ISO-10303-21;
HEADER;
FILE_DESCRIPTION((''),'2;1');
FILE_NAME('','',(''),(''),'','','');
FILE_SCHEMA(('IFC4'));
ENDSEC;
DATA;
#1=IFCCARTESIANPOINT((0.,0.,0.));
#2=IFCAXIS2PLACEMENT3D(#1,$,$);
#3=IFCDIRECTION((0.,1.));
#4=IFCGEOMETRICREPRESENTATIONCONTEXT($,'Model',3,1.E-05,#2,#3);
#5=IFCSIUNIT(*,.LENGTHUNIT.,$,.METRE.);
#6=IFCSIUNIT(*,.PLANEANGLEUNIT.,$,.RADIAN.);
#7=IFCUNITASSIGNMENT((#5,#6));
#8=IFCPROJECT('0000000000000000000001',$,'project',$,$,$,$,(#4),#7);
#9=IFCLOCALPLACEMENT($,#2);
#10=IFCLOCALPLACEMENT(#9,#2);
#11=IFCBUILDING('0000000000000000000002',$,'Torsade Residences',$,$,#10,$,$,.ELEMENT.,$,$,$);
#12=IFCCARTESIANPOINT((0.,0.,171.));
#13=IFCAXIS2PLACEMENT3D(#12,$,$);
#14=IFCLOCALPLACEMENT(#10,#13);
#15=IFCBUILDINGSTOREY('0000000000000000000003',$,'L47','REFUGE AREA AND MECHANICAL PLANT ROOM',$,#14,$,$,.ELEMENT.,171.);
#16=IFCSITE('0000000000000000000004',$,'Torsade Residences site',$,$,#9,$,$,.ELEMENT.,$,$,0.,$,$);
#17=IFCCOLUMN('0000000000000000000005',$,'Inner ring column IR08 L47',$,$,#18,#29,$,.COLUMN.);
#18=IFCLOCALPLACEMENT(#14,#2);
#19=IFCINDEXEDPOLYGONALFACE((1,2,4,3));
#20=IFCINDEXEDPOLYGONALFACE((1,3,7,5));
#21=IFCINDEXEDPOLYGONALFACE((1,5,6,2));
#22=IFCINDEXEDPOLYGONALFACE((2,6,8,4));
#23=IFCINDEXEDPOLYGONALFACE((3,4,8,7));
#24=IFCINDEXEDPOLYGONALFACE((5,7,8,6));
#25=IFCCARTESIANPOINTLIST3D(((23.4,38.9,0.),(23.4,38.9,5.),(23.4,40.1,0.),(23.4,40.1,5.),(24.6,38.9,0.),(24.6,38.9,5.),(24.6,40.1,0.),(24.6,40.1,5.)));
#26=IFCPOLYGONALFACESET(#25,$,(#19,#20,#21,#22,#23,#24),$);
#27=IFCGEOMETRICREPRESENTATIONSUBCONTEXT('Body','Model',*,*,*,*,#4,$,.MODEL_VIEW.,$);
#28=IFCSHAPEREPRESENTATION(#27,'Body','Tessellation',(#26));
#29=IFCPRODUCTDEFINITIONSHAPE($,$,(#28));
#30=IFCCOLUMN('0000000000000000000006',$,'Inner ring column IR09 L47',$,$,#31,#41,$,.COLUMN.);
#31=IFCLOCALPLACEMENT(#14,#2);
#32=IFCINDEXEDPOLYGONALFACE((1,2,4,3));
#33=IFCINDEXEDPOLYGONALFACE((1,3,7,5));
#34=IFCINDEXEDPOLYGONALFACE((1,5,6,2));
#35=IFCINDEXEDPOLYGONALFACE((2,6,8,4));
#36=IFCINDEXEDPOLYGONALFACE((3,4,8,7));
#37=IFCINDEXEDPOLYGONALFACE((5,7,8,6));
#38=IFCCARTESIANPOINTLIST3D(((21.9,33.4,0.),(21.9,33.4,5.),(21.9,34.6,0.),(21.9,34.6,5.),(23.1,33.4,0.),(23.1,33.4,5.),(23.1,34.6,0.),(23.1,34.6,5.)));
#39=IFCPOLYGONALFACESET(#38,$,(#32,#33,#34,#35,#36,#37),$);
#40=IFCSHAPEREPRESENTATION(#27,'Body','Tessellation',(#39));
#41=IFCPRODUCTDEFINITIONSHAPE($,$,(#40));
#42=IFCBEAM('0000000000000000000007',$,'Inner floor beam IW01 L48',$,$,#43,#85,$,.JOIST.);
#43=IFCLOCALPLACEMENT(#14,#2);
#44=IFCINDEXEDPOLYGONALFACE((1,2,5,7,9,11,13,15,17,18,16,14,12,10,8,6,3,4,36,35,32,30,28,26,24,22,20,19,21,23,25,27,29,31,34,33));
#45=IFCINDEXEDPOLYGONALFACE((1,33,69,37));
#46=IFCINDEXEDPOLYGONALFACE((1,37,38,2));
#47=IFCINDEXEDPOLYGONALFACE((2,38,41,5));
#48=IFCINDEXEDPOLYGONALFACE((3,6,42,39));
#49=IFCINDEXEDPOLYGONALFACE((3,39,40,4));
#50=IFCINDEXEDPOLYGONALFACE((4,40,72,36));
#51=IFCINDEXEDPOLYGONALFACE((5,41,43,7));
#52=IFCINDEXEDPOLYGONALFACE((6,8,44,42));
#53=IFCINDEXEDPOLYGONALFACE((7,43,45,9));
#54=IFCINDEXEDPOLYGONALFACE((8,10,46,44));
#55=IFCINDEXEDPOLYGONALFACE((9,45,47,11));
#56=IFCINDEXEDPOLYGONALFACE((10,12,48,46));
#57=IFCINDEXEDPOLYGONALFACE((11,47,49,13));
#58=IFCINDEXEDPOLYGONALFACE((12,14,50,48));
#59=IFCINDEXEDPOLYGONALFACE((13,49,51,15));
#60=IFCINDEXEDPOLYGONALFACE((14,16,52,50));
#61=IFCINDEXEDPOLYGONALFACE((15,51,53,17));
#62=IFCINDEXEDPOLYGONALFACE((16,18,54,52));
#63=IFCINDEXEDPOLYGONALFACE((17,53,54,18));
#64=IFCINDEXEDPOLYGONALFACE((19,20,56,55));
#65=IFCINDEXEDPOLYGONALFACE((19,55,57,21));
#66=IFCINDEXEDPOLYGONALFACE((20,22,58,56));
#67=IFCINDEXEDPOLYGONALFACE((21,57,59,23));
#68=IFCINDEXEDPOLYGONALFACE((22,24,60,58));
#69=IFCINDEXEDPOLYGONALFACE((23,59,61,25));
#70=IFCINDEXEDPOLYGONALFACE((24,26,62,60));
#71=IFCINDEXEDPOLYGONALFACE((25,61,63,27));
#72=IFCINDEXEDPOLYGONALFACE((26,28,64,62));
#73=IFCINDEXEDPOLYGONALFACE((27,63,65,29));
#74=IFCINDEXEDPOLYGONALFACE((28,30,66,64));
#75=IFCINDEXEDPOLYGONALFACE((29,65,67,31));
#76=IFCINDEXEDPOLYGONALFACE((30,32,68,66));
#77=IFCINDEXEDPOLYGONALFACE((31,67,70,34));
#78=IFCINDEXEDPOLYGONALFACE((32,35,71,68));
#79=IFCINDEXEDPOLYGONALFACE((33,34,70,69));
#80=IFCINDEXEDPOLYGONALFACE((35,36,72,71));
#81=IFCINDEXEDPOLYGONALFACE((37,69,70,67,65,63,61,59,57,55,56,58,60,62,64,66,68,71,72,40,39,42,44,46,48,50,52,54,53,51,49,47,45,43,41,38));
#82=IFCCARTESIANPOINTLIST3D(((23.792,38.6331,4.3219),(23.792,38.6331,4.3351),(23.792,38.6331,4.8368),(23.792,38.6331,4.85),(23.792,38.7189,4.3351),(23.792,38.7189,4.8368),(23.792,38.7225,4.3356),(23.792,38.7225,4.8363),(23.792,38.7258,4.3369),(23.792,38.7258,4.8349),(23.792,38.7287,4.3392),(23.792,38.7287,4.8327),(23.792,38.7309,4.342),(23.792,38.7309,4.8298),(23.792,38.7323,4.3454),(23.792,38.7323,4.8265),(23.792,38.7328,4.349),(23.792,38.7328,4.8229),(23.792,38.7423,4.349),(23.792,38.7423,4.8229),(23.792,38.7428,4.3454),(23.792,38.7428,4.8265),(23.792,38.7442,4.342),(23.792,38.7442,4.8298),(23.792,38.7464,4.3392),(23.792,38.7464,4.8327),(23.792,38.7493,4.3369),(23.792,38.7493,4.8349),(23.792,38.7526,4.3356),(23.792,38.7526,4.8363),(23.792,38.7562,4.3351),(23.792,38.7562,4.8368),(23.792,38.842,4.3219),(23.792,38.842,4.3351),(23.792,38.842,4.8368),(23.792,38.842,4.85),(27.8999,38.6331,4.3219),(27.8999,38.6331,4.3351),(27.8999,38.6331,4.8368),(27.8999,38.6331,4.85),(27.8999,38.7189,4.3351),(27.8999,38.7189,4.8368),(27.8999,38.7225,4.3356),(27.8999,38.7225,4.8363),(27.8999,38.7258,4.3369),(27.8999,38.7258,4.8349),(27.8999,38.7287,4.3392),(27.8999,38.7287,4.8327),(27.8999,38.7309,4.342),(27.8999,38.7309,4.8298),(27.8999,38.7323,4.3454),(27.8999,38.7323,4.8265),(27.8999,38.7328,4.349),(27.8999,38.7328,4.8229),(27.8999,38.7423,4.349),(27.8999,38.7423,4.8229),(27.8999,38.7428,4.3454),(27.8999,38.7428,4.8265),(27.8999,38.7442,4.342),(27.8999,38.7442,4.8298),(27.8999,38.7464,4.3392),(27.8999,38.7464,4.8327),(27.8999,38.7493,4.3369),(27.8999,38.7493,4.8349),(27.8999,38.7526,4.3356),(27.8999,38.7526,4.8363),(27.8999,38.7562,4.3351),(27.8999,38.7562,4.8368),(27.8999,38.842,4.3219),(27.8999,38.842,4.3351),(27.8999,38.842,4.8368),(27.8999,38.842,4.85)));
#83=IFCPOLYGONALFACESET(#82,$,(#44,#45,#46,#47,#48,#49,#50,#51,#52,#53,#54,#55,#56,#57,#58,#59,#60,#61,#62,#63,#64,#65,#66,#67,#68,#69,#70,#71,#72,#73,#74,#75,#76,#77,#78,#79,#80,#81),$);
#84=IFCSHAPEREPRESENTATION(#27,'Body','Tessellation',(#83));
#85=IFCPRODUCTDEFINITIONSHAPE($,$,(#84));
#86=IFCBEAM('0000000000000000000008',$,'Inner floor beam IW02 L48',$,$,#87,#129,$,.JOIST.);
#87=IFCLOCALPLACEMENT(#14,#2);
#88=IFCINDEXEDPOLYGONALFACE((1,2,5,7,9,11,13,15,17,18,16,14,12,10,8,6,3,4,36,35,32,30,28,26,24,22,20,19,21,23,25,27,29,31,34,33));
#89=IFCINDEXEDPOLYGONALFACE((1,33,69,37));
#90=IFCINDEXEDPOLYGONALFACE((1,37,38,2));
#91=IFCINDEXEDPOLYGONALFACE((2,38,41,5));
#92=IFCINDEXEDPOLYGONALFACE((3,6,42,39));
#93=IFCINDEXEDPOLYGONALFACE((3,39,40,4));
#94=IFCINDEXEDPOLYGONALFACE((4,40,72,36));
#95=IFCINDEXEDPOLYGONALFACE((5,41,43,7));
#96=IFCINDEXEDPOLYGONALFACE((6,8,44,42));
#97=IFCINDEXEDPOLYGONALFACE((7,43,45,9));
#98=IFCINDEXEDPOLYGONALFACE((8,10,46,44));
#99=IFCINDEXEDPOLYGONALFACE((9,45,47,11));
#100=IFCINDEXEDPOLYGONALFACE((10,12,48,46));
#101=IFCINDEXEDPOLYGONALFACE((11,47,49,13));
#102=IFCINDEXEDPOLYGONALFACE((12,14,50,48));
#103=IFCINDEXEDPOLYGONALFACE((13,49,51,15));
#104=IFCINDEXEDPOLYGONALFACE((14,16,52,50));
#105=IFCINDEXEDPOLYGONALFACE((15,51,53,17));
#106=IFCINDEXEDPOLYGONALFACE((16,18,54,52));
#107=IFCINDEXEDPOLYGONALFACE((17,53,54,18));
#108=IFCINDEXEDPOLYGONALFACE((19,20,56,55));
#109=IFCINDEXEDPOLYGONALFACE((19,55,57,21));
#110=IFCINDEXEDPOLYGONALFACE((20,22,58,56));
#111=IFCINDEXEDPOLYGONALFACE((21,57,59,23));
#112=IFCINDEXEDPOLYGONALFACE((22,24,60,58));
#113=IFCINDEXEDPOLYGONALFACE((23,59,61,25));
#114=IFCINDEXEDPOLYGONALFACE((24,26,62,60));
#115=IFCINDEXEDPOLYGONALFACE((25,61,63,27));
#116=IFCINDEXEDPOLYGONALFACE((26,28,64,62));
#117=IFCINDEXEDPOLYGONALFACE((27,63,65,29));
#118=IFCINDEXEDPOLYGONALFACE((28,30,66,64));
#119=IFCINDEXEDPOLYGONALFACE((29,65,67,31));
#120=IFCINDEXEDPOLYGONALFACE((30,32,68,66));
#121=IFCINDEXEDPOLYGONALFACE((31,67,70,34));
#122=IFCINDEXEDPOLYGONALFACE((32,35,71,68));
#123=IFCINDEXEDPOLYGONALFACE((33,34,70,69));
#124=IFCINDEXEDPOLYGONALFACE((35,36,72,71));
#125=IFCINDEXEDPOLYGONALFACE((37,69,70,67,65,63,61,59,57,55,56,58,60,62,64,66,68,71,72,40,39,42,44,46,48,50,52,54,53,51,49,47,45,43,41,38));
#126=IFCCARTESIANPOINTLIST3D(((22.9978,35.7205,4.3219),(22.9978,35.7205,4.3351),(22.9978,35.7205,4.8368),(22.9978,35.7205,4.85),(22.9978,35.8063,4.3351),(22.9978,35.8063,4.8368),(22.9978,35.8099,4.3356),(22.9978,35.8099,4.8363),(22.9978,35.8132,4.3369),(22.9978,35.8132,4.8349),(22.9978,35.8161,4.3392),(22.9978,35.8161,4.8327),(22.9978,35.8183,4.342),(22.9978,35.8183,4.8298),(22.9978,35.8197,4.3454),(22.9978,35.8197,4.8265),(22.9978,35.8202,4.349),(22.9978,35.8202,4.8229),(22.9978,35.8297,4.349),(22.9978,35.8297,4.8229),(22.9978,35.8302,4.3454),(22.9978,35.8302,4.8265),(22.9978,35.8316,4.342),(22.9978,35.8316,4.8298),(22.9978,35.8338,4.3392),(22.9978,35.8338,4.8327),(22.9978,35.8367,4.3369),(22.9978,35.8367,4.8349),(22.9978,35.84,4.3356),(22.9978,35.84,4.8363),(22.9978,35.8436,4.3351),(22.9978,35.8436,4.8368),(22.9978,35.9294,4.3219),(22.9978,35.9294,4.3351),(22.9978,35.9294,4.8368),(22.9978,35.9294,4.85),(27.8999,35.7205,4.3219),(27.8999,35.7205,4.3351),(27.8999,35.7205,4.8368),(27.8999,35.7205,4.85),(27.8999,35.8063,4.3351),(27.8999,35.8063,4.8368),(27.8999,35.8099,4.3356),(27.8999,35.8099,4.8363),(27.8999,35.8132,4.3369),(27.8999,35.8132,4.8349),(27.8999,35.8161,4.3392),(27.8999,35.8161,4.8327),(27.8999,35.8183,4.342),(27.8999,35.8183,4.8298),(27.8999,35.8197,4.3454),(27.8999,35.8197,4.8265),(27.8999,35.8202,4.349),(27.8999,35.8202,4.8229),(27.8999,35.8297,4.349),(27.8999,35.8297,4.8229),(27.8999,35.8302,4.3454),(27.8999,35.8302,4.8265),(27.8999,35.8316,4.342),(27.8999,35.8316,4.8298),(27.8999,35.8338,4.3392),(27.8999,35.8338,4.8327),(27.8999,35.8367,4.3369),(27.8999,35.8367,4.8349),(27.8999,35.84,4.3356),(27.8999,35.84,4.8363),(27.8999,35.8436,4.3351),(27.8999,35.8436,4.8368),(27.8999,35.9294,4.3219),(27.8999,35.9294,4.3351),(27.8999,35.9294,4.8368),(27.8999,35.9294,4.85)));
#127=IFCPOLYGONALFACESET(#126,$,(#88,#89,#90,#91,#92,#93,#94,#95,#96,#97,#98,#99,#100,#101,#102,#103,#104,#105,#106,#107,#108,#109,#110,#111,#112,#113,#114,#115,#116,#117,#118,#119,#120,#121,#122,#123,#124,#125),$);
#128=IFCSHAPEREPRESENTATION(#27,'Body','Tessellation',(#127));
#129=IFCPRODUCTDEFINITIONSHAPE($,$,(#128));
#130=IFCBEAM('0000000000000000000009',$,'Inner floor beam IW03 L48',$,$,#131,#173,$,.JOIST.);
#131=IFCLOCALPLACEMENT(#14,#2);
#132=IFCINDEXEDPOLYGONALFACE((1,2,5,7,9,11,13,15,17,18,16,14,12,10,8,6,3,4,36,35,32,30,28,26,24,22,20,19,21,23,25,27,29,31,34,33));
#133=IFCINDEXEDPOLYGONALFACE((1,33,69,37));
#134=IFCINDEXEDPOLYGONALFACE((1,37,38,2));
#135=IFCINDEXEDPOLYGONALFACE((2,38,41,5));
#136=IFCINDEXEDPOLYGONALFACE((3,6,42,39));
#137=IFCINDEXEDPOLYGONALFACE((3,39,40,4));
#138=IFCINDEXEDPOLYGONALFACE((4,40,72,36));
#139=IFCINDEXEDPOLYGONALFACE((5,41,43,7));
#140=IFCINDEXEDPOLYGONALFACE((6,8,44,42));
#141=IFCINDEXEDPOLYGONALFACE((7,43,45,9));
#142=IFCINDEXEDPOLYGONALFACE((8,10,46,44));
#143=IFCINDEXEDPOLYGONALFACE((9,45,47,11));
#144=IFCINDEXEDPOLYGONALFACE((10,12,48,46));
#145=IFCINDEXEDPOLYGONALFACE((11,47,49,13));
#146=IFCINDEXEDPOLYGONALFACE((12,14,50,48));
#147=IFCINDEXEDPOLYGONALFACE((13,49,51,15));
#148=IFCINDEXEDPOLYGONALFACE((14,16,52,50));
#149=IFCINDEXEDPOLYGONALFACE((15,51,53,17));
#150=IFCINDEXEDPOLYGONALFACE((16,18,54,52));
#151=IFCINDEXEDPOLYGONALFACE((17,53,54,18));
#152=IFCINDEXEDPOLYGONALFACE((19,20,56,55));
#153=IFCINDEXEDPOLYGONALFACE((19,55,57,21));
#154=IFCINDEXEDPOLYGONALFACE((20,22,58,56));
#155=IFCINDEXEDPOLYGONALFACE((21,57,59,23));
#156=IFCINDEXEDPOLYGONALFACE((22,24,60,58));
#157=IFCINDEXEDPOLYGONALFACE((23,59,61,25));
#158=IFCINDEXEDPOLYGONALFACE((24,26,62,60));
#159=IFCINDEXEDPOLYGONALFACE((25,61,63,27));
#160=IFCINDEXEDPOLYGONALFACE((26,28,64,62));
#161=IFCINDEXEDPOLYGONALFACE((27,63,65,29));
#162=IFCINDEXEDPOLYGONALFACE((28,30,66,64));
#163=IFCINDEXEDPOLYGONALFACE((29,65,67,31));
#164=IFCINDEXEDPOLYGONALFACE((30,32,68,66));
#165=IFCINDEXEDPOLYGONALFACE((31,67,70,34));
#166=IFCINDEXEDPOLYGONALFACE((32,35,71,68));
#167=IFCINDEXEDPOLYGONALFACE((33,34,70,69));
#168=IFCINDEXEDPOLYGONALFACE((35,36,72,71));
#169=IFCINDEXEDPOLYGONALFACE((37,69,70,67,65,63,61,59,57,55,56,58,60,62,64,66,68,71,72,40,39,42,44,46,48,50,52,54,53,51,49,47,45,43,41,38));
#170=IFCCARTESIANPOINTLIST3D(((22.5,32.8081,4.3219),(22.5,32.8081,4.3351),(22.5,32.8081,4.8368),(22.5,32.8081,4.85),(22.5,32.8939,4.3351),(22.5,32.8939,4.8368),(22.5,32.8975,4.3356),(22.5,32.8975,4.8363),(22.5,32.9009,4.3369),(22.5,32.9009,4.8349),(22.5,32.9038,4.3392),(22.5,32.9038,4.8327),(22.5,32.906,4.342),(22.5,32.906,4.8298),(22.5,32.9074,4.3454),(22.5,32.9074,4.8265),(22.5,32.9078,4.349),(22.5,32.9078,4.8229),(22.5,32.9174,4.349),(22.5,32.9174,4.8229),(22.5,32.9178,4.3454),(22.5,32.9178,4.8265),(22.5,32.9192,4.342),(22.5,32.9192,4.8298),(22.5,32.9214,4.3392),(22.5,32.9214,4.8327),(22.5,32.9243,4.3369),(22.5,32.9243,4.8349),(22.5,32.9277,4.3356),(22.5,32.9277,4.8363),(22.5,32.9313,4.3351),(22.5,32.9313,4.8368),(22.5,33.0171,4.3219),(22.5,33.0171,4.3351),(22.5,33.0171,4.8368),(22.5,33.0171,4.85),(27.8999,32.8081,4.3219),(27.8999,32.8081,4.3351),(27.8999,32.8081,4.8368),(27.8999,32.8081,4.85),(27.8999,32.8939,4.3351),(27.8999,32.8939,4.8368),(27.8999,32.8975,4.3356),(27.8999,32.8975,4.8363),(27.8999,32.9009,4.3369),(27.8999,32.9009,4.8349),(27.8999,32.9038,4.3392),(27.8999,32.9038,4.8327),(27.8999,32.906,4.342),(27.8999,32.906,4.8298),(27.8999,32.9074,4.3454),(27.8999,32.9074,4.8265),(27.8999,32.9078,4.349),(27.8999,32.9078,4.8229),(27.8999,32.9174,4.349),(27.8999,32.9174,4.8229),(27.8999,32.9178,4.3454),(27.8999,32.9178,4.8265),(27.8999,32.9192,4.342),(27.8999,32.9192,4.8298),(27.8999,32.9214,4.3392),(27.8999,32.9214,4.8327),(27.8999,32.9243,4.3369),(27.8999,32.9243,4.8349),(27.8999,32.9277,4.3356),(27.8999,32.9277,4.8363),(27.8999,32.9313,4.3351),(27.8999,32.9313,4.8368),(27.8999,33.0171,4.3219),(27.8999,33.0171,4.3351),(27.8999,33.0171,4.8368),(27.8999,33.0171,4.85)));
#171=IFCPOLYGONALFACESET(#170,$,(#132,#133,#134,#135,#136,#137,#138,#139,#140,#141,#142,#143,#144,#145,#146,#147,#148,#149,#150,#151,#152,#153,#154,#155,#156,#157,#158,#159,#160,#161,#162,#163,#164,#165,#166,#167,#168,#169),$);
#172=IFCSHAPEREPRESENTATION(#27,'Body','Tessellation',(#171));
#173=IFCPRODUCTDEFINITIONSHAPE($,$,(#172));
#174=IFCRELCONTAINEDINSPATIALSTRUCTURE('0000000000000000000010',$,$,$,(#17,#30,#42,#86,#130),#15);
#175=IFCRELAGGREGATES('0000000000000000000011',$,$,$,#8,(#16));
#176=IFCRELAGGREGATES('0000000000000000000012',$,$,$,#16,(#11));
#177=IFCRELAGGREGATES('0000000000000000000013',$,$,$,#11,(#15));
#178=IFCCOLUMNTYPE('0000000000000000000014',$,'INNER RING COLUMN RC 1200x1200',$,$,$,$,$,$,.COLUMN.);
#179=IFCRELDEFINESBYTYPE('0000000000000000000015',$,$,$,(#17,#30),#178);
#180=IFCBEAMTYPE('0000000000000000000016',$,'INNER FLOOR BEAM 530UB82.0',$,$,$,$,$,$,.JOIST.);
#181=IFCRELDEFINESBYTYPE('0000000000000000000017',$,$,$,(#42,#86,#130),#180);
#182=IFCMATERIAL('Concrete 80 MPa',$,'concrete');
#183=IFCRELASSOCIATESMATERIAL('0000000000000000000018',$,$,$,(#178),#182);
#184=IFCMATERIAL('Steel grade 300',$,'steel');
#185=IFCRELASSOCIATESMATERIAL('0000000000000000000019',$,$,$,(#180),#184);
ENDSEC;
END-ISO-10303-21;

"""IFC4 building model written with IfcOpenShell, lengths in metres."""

from ifc_helpers import new_model, si_unit, direction, frame, origin, origin_2d, place, context, subcontext, project, spatial, rectangle, i_section, extrude, material, material_profile, profile_set, type_object, element, save


model = new_model("IFC4")

# Units and contexts
model_context = context("Model", 3, precision=1e-05, world=origin(), true_north=direction((0.0, 1.0)))
body_context = subcontext(model_context, "Body", "Model", "MODEL_VIEW")
ifc_project = project(units=[si_unit("LENGTHUNIT", "METRE"), si_unit("PLANEANGLEUNIT", "RADIAN")], contexts=[model_context])

# Site, building, storey
site_placement = place(None, origin())
site = spatial("IfcSite", under=ifc_project, at=site_placement, Name="Torsade Residences site", CompositionType="ELEMENT", RefElevation=0.0)
building_placement = place(site_placement, origin())
building = spatial("IfcBuilding", under=site, at=building_placement, Name="Torsade Residences", CompositionType="ELEMENT")
storey_placement = place(building_placement, frame((0.0, 0.0, 171.0)))
storey = spatial("IfcBuildingStorey", under=building, at=storey_placement, Name="L47", Description="REFUGE AREA AND MECHANICAL PLANT ROOM", CompositionType="ELEMENT", Elevation=171.0)

# Columns
ifc_material_1 = material(Name="Concrete 80 MPa", Category="concrete")
ifc_material_profile_1 = material_profile(ifc_material_1, rectangle(XDim=1.2, YDim=1.2, at=origin_2d()), Name="RC 1200x1200")
ifc_profile_set_1 = profile_set([ifc_material_profile_1], Name="Concrete 80 MPa")
column_type = type_object("IfcColumnType", Name="INNER RING COLUMN RC 1200x1200", PredefinedType="COLUMN", material=ifc_profile_set_1)
for number, where, z_axis, x_axis, name in (
    (1, (24.0, 39.5, 0.0), (0.0, 0.0, 1.0), (1.0, 0.0, 0.0), "Inner ring column IR08 L47"),
    (2, (22.5, 34.0, 0.0), (0.0, 0.0, 1.0), (1.0, 0.0, 0.0), "Inner ring column IR09 L47"),
):
    element("IfcColumn", number, at=place(storey_placement, frame(where, z_axis=z_axis, x_axis=x_axis)), inside=storey, type_object=column_type, Name=name, PredefinedType="COLUMN", context=body_context, shape_type="SweptSolid", body=[
        extrude(rectangle(XDim=1.2, YDim=1.2, at=origin_2d()), origin(), (0.0, 0.0, 1.0), 5.0),
    ])

# Beams
ifc_material_2 = material(Name="Steel grade 300", Category="steel")
ifc_material_profile_2 = material_profile(ifc_material_2, i_section(OverallWidth=0.209, OverallDepth=0.5281, WebThickness=0.0095, FlangeThickness=0.0132, FilletRadius=0.0139, at=origin_2d()), Name="530UB82.0")
ifc_profile_set_2 = profile_set([ifc_material_profile_2], Name="Steel grade 300")
beam_type_1 = type_object("IfcBeamType", Name="INNER FLOOR BEAM 530UB82.0", PredefinedType="JOIST", material=ifc_profile_set_2)
beam_1_placement = place(storey_placement, frame((27.8999, 38.7375, 4.5859), z_axis=(-1.0, 0.0, 0.0), x_axis=(0.0, -1.0, 0.0)))
element("IfcBeam", 3, at=beam_1_placement, inside=storey, type_object=beam_type_1, Name="Inner floor beam IW01 L48", PredefinedType="JOIST", context=body_context, shape_type="SweptSolid", body=[
    extrude(i_section(OverallWidth=0.209, OverallDepth=0.5281, WebThickness=0.0095, FlangeThickness=0.0132, FilletRadius=0.0139, at=origin_2d()), origin(), (0.0, 0.0, 1.0), 4.1079),
])
beam_2_placement = place(storey_placement, frame((27.8999, 35.825, 4.5859), z_axis=(-1.0, 0.0, 0.0), x_axis=(0.0, -1.0, 0.0)))
element("IfcBeam", 4, at=beam_2_placement, inside=storey, type_object=beam_type_1, Name="Inner floor beam IW02 L48", PredefinedType="JOIST", context=body_context, shape_type="SweptSolid", body=[
    extrude(i_section(OverallWidth=0.209, OverallDepth=0.5281, WebThickness=0.0095, FlangeThickness=0.0132, FilletRadius=0.0139, at=origin_2d()), origin(), (0.0, 0.0, 1.0), 4.9021),
])
beam_3_placement = place(storey_placement, frame((27.8999, 32.9126, 4.5859), z_axis=(-1.0, 0.0, 0.0), x_axis=(0.0, -1.0, 0.0)))
element("IfcBeam", 5, at=beam_3_placement, inside=storey, type_object=beam_type_1, Name="Inner floor beam IW03 L48", PredefinedType="JOIST", context=body_context, shape_type="SweptSolid", body=[
    extrude(i_section(OverallWidth=0.209, OverallDepth=0.5281, WebThickness=0.0095, FlangeThickness=0.0132, FilletRadius=0.0139, at=origin_2d()), origin(), (0.0, 0.0, 1.0), 5.3999),
])

save(model, "model.ifc")
